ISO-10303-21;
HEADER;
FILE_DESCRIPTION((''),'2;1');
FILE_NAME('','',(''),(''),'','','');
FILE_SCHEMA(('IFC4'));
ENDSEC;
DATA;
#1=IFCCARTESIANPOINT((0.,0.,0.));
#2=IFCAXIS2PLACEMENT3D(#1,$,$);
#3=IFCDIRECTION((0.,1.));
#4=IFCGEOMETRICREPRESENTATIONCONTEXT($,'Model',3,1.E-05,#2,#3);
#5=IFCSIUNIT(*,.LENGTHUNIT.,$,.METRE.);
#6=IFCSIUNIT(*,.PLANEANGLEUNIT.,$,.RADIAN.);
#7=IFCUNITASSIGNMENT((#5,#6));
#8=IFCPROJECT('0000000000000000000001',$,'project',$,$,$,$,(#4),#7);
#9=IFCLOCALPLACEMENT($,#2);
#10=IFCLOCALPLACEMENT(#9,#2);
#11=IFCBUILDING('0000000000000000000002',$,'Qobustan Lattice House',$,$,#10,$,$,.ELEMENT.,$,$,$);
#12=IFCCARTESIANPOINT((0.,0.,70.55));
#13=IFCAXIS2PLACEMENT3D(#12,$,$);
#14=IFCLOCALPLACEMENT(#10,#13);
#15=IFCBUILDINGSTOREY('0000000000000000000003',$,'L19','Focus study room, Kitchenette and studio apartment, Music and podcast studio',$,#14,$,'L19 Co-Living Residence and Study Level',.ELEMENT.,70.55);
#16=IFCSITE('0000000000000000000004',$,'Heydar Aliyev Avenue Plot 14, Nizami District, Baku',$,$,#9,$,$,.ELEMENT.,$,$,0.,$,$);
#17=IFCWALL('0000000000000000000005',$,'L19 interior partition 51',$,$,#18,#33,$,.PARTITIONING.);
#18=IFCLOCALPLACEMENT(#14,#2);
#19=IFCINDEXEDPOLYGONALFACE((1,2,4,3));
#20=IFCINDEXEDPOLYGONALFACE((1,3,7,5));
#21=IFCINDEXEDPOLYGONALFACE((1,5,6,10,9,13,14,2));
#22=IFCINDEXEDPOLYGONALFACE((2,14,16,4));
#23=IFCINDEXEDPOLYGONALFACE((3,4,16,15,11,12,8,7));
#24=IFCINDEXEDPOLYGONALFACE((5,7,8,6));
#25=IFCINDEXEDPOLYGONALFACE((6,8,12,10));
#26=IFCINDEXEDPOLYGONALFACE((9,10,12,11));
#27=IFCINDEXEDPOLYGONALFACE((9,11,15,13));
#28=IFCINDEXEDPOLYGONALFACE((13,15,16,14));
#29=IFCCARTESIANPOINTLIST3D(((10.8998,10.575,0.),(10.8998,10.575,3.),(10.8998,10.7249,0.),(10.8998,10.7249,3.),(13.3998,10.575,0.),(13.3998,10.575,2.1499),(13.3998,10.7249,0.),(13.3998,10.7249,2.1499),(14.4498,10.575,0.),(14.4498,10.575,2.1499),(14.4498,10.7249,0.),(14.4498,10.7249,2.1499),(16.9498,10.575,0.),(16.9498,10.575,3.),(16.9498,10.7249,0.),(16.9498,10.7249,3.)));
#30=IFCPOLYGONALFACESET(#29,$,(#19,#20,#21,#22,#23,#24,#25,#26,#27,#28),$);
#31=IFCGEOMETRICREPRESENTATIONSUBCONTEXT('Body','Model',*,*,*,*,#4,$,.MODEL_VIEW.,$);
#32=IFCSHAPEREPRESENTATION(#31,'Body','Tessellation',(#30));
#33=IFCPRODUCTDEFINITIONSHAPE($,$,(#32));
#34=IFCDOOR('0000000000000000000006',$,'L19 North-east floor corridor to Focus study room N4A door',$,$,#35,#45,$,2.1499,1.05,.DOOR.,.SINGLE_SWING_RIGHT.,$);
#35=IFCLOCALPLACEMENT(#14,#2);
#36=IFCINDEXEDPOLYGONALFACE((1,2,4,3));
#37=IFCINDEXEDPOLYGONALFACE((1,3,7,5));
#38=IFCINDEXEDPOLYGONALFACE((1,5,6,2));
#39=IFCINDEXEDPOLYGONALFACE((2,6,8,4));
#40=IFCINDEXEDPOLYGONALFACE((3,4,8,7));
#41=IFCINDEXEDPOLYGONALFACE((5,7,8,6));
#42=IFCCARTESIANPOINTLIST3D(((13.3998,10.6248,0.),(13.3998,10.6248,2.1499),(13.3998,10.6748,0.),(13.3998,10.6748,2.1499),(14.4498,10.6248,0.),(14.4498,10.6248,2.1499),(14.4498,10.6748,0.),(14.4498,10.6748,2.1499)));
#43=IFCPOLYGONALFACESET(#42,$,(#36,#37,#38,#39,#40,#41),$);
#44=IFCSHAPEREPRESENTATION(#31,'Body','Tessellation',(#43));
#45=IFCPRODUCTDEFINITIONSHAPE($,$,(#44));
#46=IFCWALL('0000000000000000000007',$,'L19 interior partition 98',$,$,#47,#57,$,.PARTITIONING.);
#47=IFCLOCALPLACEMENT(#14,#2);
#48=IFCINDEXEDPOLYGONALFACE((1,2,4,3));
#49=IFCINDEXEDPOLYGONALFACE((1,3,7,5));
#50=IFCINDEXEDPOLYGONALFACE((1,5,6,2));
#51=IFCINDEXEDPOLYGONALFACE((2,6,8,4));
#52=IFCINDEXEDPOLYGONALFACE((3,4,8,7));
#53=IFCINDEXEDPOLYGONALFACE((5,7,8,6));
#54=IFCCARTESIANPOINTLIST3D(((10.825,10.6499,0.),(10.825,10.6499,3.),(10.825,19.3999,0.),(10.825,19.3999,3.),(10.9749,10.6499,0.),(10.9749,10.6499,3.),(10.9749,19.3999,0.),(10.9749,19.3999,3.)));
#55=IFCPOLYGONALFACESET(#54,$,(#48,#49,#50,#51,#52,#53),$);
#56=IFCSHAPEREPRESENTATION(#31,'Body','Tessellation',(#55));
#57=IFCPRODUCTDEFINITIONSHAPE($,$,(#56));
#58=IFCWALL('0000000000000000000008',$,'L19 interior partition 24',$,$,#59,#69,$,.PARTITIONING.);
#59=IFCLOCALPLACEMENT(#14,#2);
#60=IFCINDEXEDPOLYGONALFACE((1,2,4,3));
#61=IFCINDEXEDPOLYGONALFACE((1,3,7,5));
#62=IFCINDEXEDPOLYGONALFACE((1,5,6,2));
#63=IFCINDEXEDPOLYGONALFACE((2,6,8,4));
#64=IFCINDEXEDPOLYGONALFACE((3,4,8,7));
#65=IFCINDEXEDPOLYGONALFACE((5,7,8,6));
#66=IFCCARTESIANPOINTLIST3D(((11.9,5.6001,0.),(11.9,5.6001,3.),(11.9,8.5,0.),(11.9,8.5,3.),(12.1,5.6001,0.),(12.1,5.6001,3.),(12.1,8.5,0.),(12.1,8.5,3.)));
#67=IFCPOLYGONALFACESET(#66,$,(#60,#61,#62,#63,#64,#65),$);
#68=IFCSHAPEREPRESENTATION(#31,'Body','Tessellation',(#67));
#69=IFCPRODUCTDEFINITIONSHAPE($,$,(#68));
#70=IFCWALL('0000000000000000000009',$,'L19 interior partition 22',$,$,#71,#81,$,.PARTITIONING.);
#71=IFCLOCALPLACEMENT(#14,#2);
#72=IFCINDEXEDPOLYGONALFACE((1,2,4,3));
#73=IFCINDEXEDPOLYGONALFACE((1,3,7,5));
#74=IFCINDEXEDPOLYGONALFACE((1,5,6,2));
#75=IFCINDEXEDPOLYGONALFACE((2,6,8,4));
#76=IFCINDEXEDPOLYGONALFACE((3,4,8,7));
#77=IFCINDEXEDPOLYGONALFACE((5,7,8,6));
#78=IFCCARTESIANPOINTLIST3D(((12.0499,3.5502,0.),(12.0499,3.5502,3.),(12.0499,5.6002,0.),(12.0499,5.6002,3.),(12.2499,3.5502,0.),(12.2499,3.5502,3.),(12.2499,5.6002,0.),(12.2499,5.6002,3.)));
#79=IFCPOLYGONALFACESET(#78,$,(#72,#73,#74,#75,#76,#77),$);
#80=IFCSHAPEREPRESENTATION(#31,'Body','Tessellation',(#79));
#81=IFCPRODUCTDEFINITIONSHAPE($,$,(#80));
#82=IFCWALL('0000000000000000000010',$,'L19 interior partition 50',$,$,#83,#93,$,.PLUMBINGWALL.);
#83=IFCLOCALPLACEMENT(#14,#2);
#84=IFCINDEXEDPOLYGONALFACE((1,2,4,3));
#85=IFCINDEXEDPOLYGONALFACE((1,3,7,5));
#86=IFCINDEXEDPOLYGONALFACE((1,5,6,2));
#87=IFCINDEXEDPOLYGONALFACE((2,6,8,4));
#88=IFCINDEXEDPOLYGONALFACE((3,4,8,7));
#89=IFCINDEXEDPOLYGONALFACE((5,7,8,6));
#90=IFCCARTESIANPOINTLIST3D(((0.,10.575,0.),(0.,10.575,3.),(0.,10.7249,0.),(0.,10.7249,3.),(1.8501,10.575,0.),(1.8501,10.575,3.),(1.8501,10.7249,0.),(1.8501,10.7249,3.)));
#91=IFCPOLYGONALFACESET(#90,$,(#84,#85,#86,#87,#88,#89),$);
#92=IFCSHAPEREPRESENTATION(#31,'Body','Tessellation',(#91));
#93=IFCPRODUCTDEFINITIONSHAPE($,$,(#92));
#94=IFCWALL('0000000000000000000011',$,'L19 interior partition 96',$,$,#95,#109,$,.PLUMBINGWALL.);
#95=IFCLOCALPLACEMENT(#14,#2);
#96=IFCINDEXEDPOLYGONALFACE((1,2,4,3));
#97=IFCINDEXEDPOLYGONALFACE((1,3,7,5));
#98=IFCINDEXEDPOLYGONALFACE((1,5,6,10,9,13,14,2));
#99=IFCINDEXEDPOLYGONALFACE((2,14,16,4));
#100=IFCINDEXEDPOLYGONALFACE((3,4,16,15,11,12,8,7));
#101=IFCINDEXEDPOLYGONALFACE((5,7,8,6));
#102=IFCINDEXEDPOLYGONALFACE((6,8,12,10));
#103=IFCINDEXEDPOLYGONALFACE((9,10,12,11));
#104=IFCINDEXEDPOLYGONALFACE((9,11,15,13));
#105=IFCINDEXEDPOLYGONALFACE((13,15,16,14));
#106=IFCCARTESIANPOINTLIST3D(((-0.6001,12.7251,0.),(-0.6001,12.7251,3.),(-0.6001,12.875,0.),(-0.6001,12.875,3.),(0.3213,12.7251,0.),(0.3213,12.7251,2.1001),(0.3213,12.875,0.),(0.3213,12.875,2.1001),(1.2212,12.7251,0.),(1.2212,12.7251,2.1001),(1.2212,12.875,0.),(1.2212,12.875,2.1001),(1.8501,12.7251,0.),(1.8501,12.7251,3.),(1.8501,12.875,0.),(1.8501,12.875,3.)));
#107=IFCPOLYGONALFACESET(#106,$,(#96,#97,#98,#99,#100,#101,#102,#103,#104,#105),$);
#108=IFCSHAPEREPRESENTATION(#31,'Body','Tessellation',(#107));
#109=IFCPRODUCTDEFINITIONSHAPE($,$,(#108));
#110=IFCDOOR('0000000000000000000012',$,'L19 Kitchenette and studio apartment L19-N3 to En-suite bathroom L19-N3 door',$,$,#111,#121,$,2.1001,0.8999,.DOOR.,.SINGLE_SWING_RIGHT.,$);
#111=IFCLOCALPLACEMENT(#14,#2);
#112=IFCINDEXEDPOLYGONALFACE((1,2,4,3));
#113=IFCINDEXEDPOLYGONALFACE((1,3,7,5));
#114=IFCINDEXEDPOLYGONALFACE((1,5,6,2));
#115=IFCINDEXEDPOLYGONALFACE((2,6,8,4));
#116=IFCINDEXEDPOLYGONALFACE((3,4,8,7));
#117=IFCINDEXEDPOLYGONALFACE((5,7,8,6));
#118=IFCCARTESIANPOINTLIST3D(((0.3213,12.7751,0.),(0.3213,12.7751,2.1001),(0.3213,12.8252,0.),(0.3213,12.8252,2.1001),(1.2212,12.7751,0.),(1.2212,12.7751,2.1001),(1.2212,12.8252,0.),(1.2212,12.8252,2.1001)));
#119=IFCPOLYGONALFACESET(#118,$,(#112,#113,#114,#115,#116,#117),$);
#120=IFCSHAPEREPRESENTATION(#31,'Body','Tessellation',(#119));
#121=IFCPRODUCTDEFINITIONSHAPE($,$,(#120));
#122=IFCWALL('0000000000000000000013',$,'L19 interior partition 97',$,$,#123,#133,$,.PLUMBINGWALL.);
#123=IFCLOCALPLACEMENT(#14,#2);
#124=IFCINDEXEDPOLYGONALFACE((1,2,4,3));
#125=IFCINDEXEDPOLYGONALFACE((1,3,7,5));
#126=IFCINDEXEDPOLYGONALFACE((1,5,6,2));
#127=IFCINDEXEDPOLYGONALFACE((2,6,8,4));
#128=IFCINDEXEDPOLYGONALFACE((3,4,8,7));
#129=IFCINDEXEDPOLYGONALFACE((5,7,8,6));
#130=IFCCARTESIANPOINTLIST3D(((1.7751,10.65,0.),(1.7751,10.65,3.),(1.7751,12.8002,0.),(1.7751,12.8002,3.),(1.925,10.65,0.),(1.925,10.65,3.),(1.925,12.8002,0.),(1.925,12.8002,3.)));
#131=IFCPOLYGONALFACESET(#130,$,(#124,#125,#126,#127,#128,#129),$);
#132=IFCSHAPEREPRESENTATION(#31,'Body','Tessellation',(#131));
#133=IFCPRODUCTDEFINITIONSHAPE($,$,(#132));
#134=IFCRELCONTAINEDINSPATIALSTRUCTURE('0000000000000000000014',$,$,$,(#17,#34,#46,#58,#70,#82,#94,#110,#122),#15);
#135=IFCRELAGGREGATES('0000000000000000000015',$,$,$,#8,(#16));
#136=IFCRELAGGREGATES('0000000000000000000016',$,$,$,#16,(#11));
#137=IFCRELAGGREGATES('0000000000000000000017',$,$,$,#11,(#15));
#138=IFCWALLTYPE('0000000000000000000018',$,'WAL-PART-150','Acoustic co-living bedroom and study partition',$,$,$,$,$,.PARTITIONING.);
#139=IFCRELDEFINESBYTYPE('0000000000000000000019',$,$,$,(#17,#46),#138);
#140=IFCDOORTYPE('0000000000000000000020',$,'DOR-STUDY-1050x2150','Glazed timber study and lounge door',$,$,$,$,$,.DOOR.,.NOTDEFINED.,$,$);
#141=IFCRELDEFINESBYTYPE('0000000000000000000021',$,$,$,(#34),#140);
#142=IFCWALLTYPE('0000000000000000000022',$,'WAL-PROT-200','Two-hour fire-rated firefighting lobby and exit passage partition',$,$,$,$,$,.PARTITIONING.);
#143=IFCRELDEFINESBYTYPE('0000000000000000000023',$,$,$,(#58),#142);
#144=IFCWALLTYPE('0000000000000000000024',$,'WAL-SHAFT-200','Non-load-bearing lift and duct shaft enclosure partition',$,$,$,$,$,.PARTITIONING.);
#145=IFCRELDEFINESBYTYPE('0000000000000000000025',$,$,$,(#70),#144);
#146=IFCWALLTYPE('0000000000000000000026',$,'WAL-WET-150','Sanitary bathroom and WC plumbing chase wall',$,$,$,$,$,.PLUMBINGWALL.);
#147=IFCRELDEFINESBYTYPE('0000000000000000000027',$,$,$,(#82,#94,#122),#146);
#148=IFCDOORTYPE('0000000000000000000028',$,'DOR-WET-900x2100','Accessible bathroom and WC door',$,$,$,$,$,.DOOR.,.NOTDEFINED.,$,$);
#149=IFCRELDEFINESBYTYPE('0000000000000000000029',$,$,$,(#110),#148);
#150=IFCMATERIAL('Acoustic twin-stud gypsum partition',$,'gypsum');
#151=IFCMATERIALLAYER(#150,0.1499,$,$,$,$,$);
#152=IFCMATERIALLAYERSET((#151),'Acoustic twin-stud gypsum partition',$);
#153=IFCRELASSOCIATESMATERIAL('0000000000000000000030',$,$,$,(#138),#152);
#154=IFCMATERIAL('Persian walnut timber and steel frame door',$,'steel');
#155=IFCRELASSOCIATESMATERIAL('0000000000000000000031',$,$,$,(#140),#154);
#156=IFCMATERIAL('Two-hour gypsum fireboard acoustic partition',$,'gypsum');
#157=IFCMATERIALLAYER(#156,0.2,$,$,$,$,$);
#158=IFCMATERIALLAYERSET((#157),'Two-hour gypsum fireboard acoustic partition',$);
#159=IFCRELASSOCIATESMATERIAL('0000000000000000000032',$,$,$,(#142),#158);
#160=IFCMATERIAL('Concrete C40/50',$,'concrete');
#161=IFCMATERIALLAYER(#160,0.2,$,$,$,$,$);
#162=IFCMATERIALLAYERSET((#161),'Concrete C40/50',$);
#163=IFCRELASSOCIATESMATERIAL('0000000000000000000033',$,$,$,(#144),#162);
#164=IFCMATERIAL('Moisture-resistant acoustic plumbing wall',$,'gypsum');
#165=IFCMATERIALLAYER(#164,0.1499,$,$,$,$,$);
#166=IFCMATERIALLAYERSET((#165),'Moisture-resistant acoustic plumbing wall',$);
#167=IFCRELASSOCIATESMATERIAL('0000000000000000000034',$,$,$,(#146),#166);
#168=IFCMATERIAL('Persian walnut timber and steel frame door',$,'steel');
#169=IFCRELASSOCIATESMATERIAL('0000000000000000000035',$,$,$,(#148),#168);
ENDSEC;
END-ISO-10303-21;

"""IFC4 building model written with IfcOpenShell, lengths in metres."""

from ifc_helpers import new_model, si_unit, direction, frame, frame_2d, origin, place, context, subcontext, project, spatial, rectangle, extrude, material, layer, layer_set, type_object, element, fill, save


model = new_model("IFC4")

# Units and contexts
model_context = context("Model", 3, precision=1e-05, world=origin(), true_north=direction((0.0, 1.0)))
body_context = subcontext(model_context, "Body", "Model", "MODEL_VIEW")
ifc_project = project(units=[si_unit("LENGTHUNIT", "METRE"), si_unit("PLANEANGLEUNIT", "RADIAN")], contexts=[model_context])

# Site, building, storey
site_placement = place(None, origin())
site = spatial("IfcSite", under=ifc_project, at=site_placement, Name="Heydar Aliyev Avenue Plot 14, Nizami District, Baku", CompositionType="ELEMENT", RefElevation=0.0)
building_placement = place(site_placement, origin())
building = spatial("IfcBuilding", under=site, at=building_placement, Name="Qobustan Lattice House", CompositionType="ELEMENT")
storey_placement = place(building_placement, frame((0.0, 0.0, 70.55)))
storey = spatial("IfcBuildingStorey", under=building, at=storey_placement, Name="L19", Description="Focus study room, Kitchenette and studio apartment, Music and podcast studio", LongName="L19 Co-Living Residence and Study Level", CompositionType="ELEMENT", Elevation=70.55)

# Shared definitions
ifc_material_1 = material(Name="Acoustic twin-stud gypsum partition", Category="gypsum")
ifc_layer_1 = layer(ifc_material_1, 0.1499)
ifc_layer_set_1 = layer_set([ifc_layer_1], Name="Acoustic twin-stud gypsum partition")
wall_type_1 = type_object("IfcWallType", Name="WAL-PART-150", Description="Acoustic co-living bedroom and study partition", PredefinedType="PARTITIONING", material=ifc_layer_set_1)

# Wall, opening, door
wall_1_placement = place(storey_placement, frame((10.8999, 10.6499, 0.0), z_axis=(0.0, 0.0, 1.0), x_axis=(1.0, 0.0, 0.0)))
wall_1 = element("IfcWall", 1, at=wall_1_placement, inside=storey, type_object=wall_type_1, Name="L19 interior partition 51", PredefinedType="PARTITIONING", context=body_context, shape_type="SweptSolid", body=[
    extrude(rectangle(XDim=6.05, YDim=0.1499, at=frame_2d((3.0249, 0.0))), origin(), (0.0, 0.0, 1.0), 3.0),
])
opening_1_placement = place(wall_1_placement, frame((2.5, 0.0, 0.0)))
opening_1 = element("IfcOpeningElement", 2, at=opening_1_placement, cuts=wall_1, PredefinedType="OPENING", context=body_context, shape_type="SweptSolid", body=[
    extrude(rectangle(XDim=1.05, YDim=2.1499, at=frame_2d((0.5249, 1.075))), frame((0.0, 0.085, 0.0), z_axis=(0.0, -1.0, 0.0), x_axis=(1.0, 0.0, 0.0)), (0.0, 0.0, 1.0), 0.1699),
])
ifc_material_2 = material(Name="Persian walnut timber and steel frame door", Category="steel")
door_type_1 = type_object("IfcDoorType", Name="DOR-STUDY-1050x2150", Description="Glazed timber study and lounge door", OperationType="NOTDEFINED", PredefinedType="DOOR", material=ifc_material_2)
door_1_placement = place(opening_1_placement, origin())
door_1 = element("IfcDoor", 3, at=door_1_placement, inside=storey, type_object=door_type_1, Name="L19 North-east floor corridor to Focus study room N4A door", OperationType="SINGLE_SWING_RIGHT", OverallHeight=2.1499, OverallWidth=1.05, PredefinedType="DOOR", context=body_context, shape_type="SweptSolid", body=[
    extrude(rectangle(XDim=1.05, YDim=2.1499, at=frame_2d((0.5249, 1.075))), frame((0.0, 0.0249, 0.0), z_axis=(0.0, -1.0, 0.0), x_axis=(1.0, 0.0, 0.0)), (0.0, 0.0, 1.0), 0.05),
])
fill(opening_1, door_1)

# Walls
wall_2_placement = place(storey_placement, frame((10.8999, 19.3999, 0.0), z_axis=(0.0, 0.0, 1.0), x_axis=(0.0, -1.0, 0.0)))
element("IfcWall", 4, at=wall_2_placement, inside=storey, type_object=wall_type_1, Name="L19 interior partition 98", PredefinedType="PARTITIONING", context=body_context, shape_type="SweptSolid", body=[
    extrude(rectangle(XDim=8.75, YDim=0.1499, at=frame_2d((4.375, 0.0))), origin(), (0.0, 0.0, 1.0), 3.0),
])
ifc_material_3 = material(Name="Two-hour gypsum fireboard acoustic partition", Category="gypsum")
ifc_layer_2 = layer(ifc_material_3, 0.2)
ifc_layer_set_2 = layer_set([ifc_layer_2], Name="Two-hour gypsum fireboard acoustic partition")
wall_type_2 = type_object("IfcWallType", Name="WAL-PROT-200", Description="Two-hour fire-rated firefighting lobby and exit passage partition", PredefinedType="PARTITIONING", material=ifc_layer_set_2)
wall_3_placement = place(storey_placement, frame((12.0, 8.5, 0.0), z_axis=(0.0, 0.0, 1.0), x_axis=(0.0, -1.0, 0.0)))
element("IfcWall", 5, at=wall_3_placement, inside=storey, type_object=wall_type_2, Name="L19 interior partition 24", PredefinedType="PARTITIONING", context=body_context, shape_type="SweptSolid", body=[
    extrude(rectangle(XDim=2.8999, YDim=0.2, at=frame_2d((1.45, 0.0))), origin(), (0.0, 0.0, 1.0), 3.0),
])
ifc_material_4 = material(Name="Concrete C40/50", Category="concrete")
ifc_layer_3 = layer(ifc_material_4, 0.2)
ifc_layer_set_3 = layer_set([ifc_layer_3], Name="Concrete C40/50")
wall_type_3 = type_object("IfcWallType", Name="WAL-SHAFT-200", Description="Non-load-bearing lift and duct shaft enclosure partition", PredefinedType="PARTITIONING", material=ifc_layer_set_3)
wall_4_placement = place(storey_placement, frame((12.1499, 5.6001, 0.0), z_axis=(0.0, 0.0, 1.0), x_axis=(0.0, -1.0, 0.0)))
element("IfcWall", 6, at=wall_4_placement, inside=storey, type_object=wall_type_3, Name="L19 interior partition 22", PredefinedType="PARTITIONING", context=body_context, shape_type="SweptSolid", body=[
    extrude(rectangle(XDim=2.05, YDim=0.2, at=frame_2d((1.0249, 0.0))), origin(), (0.0, 0.0, 1.0), 3.0),
])
ifc_material_5 = material(Name="Moisture-resistant acoustic plumbing wall", Category="gypsum")
ifc_layer_4 = layer(ifc_material_5, 0.1499)
ifc_layer_set_4 = layer_set([ifc_layer_4], Name="Moisture-resistant acoustic plumbing wall")
wall_type_4 = type_object("IfcWallType", Name="WAL-WET-150", Description="Sanitary bathroom and WC plumbing chase wall", PredefinedType="PLUMBINGWALL", material=ifc_layer_set_4)
wall_5_placement = place(storey_placement, frame((0.0, 10.6499, 0.0), z_axis=(0.0, 0.0, 1.0), x_axis=(1.0, 0.0, 0.0)))
element("IfcWall", 7, at=wall_5_placement, inside=storey, type_object=wall_type_4, Name="L19 interior partition 50", PredefinedType="PLUMBINGWALL", context=body_context, shape_type="SweptSolid", body=[
    extrude(rectangle(XDim=1.8501, YDim=0.1499, at=frame_2d((0.925, 0.0))), origin(), (0.0, 0.0, 1.0), 3.0),
])

# Wall, opening, door
wall_6_placement = place(storey_placement, frame((1.8501, 12.8, 0.0), z_axis=(0.0, 0.0, 1.0), x_axis=(-1.0, 0.0, 0.0)))
wall_6 = element("IfcWall", 8, at=wall_6_placement, inside=storey, type_object=wall_type_4, Name="L19 interior partition 96", PredefinedType="PLUMBINGWALL", context=body_context, shape_type="SweptSolid", body=[
    extrude(rectangle(XDim=2.4502, YDim=0.1499, at=frame_2d((1.2251, 0.0))), origin(), (0.0, 0.0, 1.0), 3.0),
])
opening_2_placement = place(wall_6_placement, frame((0.6289, 0.0, 0.0)))
opening_2 = element("IfcOpeningElement", 9, at=opening_2_placement, cuts=wall_6, PredefinedType="OPENING", context=body_context, shape_type="SweptSolid", body=[
    extrude(rectangle(XDim=0.8999, YDim=2.1001, at=frame_2d((0.45, 1.05))), frame((0.0, 0.085, 0.0), z_axis=(0.0, -1.0, 0.0), x_axis=(1.0, 0.0, 0.0)), (0.0, 0.0, 1.0), 0.1699),
])
ifc_material_6 = material(Name="Persian walnut timber and steel frame door", Category="steel")
door_type_2 = type_object("IfcDoorType", Name="DOR-WET-900x2100", Description="Accessible bathroom and WC door", OperationType="NOTDEFINED", PredefinedType="DOOR", material=ifc_material_6)
door_2_placement = place(opening_2_placement, origin())
door_2 = element("IfcDoor", 10, at=door_2_placement, inside=storey, type_object=door_type_2, Name="L19 Kitchenette and studio apartment L19-N3 to En-suite bathroom L19-N3 door", OperationType="SINGLE_SWING_RIGHT", OverallHeight=2.1001, OverallWidth=0.8999, PredefinedType="DOOR", context=body_context, shape_type="SweptSolid", body=[
    extrude(rectangle(XDim=0.8999, YDim=2.1001, at=frame_2d((0.45, 1.05))), frame((0.0, 0.0249, 0.0), z_axis=(0.0, -1.0, 0.0), x_axis=(1.0, 0.0, 0.0)), (0.0, 0.0, 1.0), 0.05),
])
fill(opening_2, door_2)

# Wall
wall_7_placement = place(storey_placement, frame((1.8501, 10.6499, 0.0), z_axis=(0.0, 0.0, 1.0), x_axis=(0.0, 1.0, 0.0)))
element("IfcWall", 11, at=wall_7_placement, inside=storey, type_object=wall_type_4, Name="L19 interior partition 97", PredefinedType="PLUMBINGWALL", context=body_context, shape_type="SweptSolid", body=[
    extrude(rectangle(XDim=2.1501, YDim=0.1499, at=frame_2d((1.0752, 0.0))), origin(), (0.0, 0.0, 1.0), 3.0),
])

save(model, "model.ifc")
